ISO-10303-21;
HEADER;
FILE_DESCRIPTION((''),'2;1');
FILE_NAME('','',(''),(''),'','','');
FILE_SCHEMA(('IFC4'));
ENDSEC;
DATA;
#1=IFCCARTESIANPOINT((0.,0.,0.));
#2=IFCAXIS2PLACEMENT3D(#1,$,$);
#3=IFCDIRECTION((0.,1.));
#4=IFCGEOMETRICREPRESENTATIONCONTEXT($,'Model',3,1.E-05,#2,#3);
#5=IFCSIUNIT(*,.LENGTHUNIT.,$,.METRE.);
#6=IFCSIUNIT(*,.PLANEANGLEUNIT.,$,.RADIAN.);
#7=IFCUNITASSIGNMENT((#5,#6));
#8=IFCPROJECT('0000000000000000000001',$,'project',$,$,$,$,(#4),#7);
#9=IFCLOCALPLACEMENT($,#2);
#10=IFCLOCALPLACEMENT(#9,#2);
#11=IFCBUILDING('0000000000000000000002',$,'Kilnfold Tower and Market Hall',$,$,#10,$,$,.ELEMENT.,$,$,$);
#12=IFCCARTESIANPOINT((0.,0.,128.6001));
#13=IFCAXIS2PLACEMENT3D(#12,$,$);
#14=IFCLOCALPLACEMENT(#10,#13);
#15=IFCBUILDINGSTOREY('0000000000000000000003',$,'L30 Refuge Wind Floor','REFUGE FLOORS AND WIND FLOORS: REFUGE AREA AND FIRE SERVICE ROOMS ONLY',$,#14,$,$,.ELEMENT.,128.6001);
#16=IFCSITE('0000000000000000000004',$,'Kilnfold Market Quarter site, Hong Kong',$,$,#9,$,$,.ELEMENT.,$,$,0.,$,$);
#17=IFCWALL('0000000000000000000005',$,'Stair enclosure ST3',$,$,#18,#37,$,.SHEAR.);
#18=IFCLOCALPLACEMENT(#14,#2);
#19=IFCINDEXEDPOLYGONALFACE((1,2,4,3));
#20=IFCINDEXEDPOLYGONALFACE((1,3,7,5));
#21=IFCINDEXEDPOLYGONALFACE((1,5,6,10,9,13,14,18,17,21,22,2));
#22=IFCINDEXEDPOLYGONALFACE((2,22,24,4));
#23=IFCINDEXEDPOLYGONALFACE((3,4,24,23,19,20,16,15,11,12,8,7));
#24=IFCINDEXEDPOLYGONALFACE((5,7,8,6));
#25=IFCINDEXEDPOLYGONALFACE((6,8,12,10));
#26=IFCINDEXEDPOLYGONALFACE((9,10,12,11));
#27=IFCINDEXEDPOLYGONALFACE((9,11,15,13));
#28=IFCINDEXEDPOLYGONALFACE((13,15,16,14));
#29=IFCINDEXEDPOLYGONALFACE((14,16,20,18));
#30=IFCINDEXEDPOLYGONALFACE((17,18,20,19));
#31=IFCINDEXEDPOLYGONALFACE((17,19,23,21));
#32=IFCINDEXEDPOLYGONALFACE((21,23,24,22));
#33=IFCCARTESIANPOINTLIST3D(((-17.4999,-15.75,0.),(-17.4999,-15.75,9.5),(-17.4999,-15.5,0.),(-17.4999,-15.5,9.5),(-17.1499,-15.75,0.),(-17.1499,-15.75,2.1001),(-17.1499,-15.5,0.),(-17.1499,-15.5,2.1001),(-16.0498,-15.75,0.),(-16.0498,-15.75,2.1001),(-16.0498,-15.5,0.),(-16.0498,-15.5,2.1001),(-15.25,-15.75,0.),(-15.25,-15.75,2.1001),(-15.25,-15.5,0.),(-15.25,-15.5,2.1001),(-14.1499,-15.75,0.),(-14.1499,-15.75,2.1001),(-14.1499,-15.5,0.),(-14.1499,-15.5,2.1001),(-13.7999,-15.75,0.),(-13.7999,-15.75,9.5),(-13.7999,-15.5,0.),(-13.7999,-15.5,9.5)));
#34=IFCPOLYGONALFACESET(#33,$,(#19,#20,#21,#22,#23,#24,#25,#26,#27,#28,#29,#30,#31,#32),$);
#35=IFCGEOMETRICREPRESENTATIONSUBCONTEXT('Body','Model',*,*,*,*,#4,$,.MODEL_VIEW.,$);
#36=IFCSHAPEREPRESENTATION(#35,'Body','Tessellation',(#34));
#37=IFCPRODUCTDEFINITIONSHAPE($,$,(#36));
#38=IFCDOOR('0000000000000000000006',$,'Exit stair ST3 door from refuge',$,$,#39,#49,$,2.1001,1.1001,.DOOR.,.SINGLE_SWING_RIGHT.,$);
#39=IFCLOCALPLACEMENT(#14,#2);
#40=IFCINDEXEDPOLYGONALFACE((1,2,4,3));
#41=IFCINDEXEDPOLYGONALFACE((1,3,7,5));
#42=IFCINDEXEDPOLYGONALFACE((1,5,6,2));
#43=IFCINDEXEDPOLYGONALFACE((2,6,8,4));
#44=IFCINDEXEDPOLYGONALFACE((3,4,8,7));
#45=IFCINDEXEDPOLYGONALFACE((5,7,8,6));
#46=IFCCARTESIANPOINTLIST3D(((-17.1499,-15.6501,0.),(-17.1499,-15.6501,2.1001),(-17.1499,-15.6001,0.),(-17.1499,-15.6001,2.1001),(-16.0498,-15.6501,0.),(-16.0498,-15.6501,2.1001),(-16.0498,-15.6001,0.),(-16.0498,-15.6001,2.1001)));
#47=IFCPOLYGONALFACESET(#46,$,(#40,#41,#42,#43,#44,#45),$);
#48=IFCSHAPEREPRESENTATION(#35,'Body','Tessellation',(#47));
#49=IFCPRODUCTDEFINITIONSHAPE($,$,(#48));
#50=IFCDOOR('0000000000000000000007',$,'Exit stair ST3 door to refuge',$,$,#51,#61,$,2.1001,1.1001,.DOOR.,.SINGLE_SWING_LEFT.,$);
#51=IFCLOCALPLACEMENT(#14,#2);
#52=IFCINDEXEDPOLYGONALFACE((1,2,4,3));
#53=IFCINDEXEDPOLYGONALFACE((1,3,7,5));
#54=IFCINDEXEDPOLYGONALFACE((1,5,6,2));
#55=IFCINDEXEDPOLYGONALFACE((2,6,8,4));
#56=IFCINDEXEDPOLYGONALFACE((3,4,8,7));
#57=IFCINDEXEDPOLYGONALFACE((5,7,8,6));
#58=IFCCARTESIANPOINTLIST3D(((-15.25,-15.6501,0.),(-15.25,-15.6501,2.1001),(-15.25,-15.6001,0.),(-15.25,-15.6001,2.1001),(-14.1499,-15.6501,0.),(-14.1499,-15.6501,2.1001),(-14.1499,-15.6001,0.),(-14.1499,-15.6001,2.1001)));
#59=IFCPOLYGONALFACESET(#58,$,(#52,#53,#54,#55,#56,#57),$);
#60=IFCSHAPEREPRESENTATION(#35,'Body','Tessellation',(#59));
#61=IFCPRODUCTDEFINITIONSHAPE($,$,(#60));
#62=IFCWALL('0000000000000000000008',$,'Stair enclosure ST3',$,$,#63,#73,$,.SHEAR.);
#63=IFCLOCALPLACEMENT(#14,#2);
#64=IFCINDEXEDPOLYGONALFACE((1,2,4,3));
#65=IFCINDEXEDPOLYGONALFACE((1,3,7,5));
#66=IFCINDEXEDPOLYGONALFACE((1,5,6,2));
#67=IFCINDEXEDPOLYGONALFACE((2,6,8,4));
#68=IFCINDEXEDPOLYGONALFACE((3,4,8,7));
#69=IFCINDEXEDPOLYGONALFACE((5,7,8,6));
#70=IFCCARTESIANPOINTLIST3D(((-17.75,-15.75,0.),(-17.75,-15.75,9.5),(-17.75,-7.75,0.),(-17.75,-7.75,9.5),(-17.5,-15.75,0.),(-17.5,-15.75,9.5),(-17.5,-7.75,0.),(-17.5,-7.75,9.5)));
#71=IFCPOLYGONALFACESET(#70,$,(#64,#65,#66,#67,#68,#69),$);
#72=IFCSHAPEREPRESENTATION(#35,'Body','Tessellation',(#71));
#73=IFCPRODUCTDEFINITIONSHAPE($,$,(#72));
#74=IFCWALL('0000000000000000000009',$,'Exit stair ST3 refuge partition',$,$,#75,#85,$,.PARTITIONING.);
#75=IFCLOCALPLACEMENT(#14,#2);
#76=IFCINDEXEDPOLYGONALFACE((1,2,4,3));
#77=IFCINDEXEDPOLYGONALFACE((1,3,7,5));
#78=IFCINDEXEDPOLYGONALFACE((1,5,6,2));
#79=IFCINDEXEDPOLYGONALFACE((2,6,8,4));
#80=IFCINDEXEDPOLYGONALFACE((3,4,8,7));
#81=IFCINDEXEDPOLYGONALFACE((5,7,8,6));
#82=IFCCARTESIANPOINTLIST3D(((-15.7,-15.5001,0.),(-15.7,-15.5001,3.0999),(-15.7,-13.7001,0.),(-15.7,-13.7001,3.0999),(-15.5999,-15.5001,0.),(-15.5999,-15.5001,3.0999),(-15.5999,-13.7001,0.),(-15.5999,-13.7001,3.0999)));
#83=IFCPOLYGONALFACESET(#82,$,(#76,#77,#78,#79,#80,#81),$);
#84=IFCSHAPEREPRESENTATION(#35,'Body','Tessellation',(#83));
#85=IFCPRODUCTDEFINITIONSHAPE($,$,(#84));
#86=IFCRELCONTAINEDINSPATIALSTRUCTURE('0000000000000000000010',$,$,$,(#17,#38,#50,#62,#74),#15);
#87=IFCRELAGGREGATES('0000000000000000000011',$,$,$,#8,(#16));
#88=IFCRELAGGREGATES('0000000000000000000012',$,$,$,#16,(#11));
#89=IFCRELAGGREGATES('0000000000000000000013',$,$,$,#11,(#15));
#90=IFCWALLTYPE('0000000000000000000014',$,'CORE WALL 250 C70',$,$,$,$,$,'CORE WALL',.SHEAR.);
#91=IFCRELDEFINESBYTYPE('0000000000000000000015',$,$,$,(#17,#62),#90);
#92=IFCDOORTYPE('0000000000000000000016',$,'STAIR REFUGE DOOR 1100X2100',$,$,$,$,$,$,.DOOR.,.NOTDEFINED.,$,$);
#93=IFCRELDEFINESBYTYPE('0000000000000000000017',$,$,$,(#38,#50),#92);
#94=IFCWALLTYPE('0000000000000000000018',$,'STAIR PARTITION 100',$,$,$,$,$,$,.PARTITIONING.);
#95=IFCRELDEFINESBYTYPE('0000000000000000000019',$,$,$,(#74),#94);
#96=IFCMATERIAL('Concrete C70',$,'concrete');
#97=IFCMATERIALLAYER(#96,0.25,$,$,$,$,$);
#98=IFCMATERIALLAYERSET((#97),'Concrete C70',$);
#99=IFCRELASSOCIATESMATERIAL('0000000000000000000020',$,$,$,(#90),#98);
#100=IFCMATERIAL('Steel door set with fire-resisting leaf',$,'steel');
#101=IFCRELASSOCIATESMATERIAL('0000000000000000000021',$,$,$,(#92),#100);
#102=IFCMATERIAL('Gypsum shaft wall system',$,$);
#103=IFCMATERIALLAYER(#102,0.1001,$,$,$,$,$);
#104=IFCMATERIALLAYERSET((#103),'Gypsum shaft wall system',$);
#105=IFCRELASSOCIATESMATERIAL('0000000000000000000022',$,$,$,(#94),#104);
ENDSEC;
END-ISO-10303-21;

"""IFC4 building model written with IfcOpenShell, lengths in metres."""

from ifc_helpers import new_model, si_unit, direction, frame, frame_2d, origin, place, context, subcontext, project, spatial, rectangle, extrude, source, transform, mapped, material, layer, layer_set, type_object, element, fill, save


model = new_model("IFC4")

# Units and contexts
model_context = context("Model", 3, precision=1e-05, world=origin(), true_north=direction((0.0, 1.0)))
body_context = subcontext(model_context, "Body", "Model", "MODEL_VIEW")
ifc_project = project(units=[si_unit("LENGTHUNIT", "METRE"), si_unit("PLANEANGLEUNIT", "RADIAN")], contexts=[model_context])

# Site, building, storey
site_placement = place(None, origin())
site = spatial("IfcSite", under=ifc_project, at=site_placement, Name="Kilnfold Market Quarter site, Hong Kong", CompositionType="ELEMENT", RefElevation=0.0)
building_placement = place(site_placement, origin())
building = spatial("IfcBuilding", under=site, at=building_placement, Name="Kilnfold Tower and Market Hall", CompositionType="ELEMENT")
storey_placement = place(building_placement, frame((0.0, 0.0, 128.6001)))
storey = spatial("IfcBuildingStorey", under=building, at=storey_placement, Name="L30 Refuge Wind Floor", Description="REFUGE FLOORS AND WIND FLOORS: REFUGE AREA AND FIRE SERVICE ROOMS ONLY", CompositionType="ELEMENT", Elevation=128.6001)

# Wall, openings, doors
ifc_material_1 = material(Name="Concrete C70", Category="concrete")
ifc_layer_1 = layer(ifc_material_1, 0.25)
ifc_layer_set_1 = layer_set([ifc_layer_1], Name="Concrete C70")
wall_type_1 = type_object("IfcWallType", Name="CORE WALL 250 C70", ElementType="CORE WALL", PredefinedType="SHEAR", material=ifc_layer_set_1)
shared_shape_1 = source(origin(), body_context, "Body", "SweptSolid", [
    extrude(rectangle(XDim=3.7, YDim=0.25, at=frame_2d((1.8501, 0.0))), origin(), (0.0, 0.0, 1.0), 9.5),
])
wall_1_placement = place(storey_placement, frame((-17.5, -15.625, 0.0), z_axis=(0.0, 0.0, 1.0), x_axis=(1.0, 0.0, 0.0)))
wall_1 = element("IfcWall", 1, at=wall_1_placement, inside=storey, type_object=wall_type_1, Name="Stair enclosure ST3", PredefinedType="SHEAR", context=body_context, shape_type="MappedRepresentation", body=[
    mapped(shared_shape_1, transform((0.0, 0.0, 0.0))),
])
opening_1_placement = place(wall_1_placement, frame((0.3501, 0.0, 0.0)))
opening_1 = element("IfcOpeningElement", 2, at=opening_1_placement, cuts=wall_1, PredefinedType="OPENING", context=body_context, shape_type="SweptSolid", body=[
    extrude(rectangle(XDim=1.1001, YDim=2.1001, at=frame_2d((0.55, 1.05))), frame((0.0, 0.135, 0.0), z_axis=(0.0, -1.0, 0.0), x_axis=(1.0, 0.0, 0.0)), (0.0, 0.0, 1.0), 0.27),
])
opening_2_placement = place(wall_1_placement, frame((2.25, 0.0, 0.0)))
opening_2 = element("IfcOpeningElement", 3, at=opening_2_placement, cuts=wall_1, PredefinedType="OPENING", context=body_context, shape_type="SweptSolid", body=[
    extrude(rectangle(XDim=1.1001, YDim=2.1001, at=frame_2d((0.55, 1.05))), frame((0.0, 0.135, 0.0), z_axis=(0.0, -1.0, 0.0), x_axis=(1.0, 0.0, 0.0)), (0.0, 0.0, 1.0), 0.27),
])
ifc_material_2 = material(Name="Steel door set with fire-resisting leaf", Category="steel")
door_type = type_object("IfcDoorType", Name="STAIR REFUGE DOOR 1100X2100", OperationType="NOTDEFINED", PredefinedType="DOOR", material=ifc_material_2)
door_1_placement = place(opening_1_placement, origin())
door_1 = element("IfcDoor", 4, at=door_1_placement, inside=storey, type_object=door_type, Name="Exit stair ST3 door from refuge", OperationType="SINGLE_SWING_RIGHT", OverallHeight=2.1001, OverallWidth=1.1001, PredefinedType="DOOR", context=body_context, shape_type="SweptSolid", body=[
    extrude(rectangle(XDim=1.1001, YDim=2.1001, at=frame_2d((0.55, 1.05))), frame((0.0, 0.0249, 0.0), z_axis=(0.0, -1.0, 0.0), x_axis=(1.0, 0.0, 0.0)), (0.0, 0.0, 1.0), 0.05),
])
fill(opening_1, door_1)
door_2_placement = place(opening_2_placement, origin())
door_2 = element("IfcDoor", 5, at=door_2_placement, inside=storey, type_object=door_type, Name="Exit stair ST3 door to refuge", OperationType="SINGLE_SWING_LEFT", OverallHeight=2.1001, OverallWidth=1.1001, PredefinedType="DOOR", context=body_context, shape_type="SweptSolid", body=[
    extrude(rectangle(XDim=1.1001, YDim=2.1001, at=frame_2d((0.55, 1.05))), frame((0.0, 0.0249, 0.0), z_axis=(0.0, -1.0, 0.0), x_axis=(1.0, 0.0, 0.0)), (0.0, 0.0, 1.0), 0.05),
])
fill(opening_2, door_2)

# Walls
shared_shape_2 = source(origin(), body_context, "Body", "SweptSolid", [
    extrude(rectangle(XDim=8.0, YDim=0.25, at=frame_2d((4.0, 0.0))), origin(), (0.0, 0.0, 1.0), 9.5),
])
wall_2_placement = place(storey_placement, frame((-17.625, -15.75, 0.0), z_axis=(0.0, 0.0, 1.0), x_axis=(0.0, 1.0, 0.0)))
element("IfcWall", 6, at=wall_2_placement, inside=storey, type_object=wall_type_1, Name="Stair enclosure ST3", PredefinedType="SHEAR", context=body_context, shape_type="MappedRepresentation", body=[
    mapped(shared_shape_2, transform((0.0, 0.0, 0.0))),
])
ifc_material_3 = material(Name="Gypsum shaft wall system")
ifc_layer_2 = layer(ifc_material_3, 0.1001)
ifc_layer_set_2 = layer_set([ifc_layer_2], Name="Gypsum shaft wall system")
wall_type_2 = type_object("IfcWallType", Name="STAIR PARTITION 100", PredefinedType="PARTITIONING", material=ifc_layer_set_2)
shared_shape_3 = source(origin(), body_context, "Body", "SweptSolid", [
    extrude(rectangle(XDim=1.8, YDim=0.1001, at=frame_2d((0.8999, 0.0))), origin(), (0.0, 0.0, 1.0), 3.0999),
])
wall_3_placement = place(storey_placement, frame((-15.6499, -15.5, 0.0), z_axis=(0.0, 0.0, 1.0), x_axis=(0.0, 1.0, 0.0)))
element("IfcWall", 7, at=wall_3_placement, inside=storey, type_object=wall_type_2, Name="Exit stair ST3 refuge partition", PredefinedType="PARTITIONING", context=body_context, shape_type="MappedRepresentation", body=[
    mapped(shared_shape_3, transform((0.0, 0.0, 0.0))),
])

save(model, "model.ifc")
